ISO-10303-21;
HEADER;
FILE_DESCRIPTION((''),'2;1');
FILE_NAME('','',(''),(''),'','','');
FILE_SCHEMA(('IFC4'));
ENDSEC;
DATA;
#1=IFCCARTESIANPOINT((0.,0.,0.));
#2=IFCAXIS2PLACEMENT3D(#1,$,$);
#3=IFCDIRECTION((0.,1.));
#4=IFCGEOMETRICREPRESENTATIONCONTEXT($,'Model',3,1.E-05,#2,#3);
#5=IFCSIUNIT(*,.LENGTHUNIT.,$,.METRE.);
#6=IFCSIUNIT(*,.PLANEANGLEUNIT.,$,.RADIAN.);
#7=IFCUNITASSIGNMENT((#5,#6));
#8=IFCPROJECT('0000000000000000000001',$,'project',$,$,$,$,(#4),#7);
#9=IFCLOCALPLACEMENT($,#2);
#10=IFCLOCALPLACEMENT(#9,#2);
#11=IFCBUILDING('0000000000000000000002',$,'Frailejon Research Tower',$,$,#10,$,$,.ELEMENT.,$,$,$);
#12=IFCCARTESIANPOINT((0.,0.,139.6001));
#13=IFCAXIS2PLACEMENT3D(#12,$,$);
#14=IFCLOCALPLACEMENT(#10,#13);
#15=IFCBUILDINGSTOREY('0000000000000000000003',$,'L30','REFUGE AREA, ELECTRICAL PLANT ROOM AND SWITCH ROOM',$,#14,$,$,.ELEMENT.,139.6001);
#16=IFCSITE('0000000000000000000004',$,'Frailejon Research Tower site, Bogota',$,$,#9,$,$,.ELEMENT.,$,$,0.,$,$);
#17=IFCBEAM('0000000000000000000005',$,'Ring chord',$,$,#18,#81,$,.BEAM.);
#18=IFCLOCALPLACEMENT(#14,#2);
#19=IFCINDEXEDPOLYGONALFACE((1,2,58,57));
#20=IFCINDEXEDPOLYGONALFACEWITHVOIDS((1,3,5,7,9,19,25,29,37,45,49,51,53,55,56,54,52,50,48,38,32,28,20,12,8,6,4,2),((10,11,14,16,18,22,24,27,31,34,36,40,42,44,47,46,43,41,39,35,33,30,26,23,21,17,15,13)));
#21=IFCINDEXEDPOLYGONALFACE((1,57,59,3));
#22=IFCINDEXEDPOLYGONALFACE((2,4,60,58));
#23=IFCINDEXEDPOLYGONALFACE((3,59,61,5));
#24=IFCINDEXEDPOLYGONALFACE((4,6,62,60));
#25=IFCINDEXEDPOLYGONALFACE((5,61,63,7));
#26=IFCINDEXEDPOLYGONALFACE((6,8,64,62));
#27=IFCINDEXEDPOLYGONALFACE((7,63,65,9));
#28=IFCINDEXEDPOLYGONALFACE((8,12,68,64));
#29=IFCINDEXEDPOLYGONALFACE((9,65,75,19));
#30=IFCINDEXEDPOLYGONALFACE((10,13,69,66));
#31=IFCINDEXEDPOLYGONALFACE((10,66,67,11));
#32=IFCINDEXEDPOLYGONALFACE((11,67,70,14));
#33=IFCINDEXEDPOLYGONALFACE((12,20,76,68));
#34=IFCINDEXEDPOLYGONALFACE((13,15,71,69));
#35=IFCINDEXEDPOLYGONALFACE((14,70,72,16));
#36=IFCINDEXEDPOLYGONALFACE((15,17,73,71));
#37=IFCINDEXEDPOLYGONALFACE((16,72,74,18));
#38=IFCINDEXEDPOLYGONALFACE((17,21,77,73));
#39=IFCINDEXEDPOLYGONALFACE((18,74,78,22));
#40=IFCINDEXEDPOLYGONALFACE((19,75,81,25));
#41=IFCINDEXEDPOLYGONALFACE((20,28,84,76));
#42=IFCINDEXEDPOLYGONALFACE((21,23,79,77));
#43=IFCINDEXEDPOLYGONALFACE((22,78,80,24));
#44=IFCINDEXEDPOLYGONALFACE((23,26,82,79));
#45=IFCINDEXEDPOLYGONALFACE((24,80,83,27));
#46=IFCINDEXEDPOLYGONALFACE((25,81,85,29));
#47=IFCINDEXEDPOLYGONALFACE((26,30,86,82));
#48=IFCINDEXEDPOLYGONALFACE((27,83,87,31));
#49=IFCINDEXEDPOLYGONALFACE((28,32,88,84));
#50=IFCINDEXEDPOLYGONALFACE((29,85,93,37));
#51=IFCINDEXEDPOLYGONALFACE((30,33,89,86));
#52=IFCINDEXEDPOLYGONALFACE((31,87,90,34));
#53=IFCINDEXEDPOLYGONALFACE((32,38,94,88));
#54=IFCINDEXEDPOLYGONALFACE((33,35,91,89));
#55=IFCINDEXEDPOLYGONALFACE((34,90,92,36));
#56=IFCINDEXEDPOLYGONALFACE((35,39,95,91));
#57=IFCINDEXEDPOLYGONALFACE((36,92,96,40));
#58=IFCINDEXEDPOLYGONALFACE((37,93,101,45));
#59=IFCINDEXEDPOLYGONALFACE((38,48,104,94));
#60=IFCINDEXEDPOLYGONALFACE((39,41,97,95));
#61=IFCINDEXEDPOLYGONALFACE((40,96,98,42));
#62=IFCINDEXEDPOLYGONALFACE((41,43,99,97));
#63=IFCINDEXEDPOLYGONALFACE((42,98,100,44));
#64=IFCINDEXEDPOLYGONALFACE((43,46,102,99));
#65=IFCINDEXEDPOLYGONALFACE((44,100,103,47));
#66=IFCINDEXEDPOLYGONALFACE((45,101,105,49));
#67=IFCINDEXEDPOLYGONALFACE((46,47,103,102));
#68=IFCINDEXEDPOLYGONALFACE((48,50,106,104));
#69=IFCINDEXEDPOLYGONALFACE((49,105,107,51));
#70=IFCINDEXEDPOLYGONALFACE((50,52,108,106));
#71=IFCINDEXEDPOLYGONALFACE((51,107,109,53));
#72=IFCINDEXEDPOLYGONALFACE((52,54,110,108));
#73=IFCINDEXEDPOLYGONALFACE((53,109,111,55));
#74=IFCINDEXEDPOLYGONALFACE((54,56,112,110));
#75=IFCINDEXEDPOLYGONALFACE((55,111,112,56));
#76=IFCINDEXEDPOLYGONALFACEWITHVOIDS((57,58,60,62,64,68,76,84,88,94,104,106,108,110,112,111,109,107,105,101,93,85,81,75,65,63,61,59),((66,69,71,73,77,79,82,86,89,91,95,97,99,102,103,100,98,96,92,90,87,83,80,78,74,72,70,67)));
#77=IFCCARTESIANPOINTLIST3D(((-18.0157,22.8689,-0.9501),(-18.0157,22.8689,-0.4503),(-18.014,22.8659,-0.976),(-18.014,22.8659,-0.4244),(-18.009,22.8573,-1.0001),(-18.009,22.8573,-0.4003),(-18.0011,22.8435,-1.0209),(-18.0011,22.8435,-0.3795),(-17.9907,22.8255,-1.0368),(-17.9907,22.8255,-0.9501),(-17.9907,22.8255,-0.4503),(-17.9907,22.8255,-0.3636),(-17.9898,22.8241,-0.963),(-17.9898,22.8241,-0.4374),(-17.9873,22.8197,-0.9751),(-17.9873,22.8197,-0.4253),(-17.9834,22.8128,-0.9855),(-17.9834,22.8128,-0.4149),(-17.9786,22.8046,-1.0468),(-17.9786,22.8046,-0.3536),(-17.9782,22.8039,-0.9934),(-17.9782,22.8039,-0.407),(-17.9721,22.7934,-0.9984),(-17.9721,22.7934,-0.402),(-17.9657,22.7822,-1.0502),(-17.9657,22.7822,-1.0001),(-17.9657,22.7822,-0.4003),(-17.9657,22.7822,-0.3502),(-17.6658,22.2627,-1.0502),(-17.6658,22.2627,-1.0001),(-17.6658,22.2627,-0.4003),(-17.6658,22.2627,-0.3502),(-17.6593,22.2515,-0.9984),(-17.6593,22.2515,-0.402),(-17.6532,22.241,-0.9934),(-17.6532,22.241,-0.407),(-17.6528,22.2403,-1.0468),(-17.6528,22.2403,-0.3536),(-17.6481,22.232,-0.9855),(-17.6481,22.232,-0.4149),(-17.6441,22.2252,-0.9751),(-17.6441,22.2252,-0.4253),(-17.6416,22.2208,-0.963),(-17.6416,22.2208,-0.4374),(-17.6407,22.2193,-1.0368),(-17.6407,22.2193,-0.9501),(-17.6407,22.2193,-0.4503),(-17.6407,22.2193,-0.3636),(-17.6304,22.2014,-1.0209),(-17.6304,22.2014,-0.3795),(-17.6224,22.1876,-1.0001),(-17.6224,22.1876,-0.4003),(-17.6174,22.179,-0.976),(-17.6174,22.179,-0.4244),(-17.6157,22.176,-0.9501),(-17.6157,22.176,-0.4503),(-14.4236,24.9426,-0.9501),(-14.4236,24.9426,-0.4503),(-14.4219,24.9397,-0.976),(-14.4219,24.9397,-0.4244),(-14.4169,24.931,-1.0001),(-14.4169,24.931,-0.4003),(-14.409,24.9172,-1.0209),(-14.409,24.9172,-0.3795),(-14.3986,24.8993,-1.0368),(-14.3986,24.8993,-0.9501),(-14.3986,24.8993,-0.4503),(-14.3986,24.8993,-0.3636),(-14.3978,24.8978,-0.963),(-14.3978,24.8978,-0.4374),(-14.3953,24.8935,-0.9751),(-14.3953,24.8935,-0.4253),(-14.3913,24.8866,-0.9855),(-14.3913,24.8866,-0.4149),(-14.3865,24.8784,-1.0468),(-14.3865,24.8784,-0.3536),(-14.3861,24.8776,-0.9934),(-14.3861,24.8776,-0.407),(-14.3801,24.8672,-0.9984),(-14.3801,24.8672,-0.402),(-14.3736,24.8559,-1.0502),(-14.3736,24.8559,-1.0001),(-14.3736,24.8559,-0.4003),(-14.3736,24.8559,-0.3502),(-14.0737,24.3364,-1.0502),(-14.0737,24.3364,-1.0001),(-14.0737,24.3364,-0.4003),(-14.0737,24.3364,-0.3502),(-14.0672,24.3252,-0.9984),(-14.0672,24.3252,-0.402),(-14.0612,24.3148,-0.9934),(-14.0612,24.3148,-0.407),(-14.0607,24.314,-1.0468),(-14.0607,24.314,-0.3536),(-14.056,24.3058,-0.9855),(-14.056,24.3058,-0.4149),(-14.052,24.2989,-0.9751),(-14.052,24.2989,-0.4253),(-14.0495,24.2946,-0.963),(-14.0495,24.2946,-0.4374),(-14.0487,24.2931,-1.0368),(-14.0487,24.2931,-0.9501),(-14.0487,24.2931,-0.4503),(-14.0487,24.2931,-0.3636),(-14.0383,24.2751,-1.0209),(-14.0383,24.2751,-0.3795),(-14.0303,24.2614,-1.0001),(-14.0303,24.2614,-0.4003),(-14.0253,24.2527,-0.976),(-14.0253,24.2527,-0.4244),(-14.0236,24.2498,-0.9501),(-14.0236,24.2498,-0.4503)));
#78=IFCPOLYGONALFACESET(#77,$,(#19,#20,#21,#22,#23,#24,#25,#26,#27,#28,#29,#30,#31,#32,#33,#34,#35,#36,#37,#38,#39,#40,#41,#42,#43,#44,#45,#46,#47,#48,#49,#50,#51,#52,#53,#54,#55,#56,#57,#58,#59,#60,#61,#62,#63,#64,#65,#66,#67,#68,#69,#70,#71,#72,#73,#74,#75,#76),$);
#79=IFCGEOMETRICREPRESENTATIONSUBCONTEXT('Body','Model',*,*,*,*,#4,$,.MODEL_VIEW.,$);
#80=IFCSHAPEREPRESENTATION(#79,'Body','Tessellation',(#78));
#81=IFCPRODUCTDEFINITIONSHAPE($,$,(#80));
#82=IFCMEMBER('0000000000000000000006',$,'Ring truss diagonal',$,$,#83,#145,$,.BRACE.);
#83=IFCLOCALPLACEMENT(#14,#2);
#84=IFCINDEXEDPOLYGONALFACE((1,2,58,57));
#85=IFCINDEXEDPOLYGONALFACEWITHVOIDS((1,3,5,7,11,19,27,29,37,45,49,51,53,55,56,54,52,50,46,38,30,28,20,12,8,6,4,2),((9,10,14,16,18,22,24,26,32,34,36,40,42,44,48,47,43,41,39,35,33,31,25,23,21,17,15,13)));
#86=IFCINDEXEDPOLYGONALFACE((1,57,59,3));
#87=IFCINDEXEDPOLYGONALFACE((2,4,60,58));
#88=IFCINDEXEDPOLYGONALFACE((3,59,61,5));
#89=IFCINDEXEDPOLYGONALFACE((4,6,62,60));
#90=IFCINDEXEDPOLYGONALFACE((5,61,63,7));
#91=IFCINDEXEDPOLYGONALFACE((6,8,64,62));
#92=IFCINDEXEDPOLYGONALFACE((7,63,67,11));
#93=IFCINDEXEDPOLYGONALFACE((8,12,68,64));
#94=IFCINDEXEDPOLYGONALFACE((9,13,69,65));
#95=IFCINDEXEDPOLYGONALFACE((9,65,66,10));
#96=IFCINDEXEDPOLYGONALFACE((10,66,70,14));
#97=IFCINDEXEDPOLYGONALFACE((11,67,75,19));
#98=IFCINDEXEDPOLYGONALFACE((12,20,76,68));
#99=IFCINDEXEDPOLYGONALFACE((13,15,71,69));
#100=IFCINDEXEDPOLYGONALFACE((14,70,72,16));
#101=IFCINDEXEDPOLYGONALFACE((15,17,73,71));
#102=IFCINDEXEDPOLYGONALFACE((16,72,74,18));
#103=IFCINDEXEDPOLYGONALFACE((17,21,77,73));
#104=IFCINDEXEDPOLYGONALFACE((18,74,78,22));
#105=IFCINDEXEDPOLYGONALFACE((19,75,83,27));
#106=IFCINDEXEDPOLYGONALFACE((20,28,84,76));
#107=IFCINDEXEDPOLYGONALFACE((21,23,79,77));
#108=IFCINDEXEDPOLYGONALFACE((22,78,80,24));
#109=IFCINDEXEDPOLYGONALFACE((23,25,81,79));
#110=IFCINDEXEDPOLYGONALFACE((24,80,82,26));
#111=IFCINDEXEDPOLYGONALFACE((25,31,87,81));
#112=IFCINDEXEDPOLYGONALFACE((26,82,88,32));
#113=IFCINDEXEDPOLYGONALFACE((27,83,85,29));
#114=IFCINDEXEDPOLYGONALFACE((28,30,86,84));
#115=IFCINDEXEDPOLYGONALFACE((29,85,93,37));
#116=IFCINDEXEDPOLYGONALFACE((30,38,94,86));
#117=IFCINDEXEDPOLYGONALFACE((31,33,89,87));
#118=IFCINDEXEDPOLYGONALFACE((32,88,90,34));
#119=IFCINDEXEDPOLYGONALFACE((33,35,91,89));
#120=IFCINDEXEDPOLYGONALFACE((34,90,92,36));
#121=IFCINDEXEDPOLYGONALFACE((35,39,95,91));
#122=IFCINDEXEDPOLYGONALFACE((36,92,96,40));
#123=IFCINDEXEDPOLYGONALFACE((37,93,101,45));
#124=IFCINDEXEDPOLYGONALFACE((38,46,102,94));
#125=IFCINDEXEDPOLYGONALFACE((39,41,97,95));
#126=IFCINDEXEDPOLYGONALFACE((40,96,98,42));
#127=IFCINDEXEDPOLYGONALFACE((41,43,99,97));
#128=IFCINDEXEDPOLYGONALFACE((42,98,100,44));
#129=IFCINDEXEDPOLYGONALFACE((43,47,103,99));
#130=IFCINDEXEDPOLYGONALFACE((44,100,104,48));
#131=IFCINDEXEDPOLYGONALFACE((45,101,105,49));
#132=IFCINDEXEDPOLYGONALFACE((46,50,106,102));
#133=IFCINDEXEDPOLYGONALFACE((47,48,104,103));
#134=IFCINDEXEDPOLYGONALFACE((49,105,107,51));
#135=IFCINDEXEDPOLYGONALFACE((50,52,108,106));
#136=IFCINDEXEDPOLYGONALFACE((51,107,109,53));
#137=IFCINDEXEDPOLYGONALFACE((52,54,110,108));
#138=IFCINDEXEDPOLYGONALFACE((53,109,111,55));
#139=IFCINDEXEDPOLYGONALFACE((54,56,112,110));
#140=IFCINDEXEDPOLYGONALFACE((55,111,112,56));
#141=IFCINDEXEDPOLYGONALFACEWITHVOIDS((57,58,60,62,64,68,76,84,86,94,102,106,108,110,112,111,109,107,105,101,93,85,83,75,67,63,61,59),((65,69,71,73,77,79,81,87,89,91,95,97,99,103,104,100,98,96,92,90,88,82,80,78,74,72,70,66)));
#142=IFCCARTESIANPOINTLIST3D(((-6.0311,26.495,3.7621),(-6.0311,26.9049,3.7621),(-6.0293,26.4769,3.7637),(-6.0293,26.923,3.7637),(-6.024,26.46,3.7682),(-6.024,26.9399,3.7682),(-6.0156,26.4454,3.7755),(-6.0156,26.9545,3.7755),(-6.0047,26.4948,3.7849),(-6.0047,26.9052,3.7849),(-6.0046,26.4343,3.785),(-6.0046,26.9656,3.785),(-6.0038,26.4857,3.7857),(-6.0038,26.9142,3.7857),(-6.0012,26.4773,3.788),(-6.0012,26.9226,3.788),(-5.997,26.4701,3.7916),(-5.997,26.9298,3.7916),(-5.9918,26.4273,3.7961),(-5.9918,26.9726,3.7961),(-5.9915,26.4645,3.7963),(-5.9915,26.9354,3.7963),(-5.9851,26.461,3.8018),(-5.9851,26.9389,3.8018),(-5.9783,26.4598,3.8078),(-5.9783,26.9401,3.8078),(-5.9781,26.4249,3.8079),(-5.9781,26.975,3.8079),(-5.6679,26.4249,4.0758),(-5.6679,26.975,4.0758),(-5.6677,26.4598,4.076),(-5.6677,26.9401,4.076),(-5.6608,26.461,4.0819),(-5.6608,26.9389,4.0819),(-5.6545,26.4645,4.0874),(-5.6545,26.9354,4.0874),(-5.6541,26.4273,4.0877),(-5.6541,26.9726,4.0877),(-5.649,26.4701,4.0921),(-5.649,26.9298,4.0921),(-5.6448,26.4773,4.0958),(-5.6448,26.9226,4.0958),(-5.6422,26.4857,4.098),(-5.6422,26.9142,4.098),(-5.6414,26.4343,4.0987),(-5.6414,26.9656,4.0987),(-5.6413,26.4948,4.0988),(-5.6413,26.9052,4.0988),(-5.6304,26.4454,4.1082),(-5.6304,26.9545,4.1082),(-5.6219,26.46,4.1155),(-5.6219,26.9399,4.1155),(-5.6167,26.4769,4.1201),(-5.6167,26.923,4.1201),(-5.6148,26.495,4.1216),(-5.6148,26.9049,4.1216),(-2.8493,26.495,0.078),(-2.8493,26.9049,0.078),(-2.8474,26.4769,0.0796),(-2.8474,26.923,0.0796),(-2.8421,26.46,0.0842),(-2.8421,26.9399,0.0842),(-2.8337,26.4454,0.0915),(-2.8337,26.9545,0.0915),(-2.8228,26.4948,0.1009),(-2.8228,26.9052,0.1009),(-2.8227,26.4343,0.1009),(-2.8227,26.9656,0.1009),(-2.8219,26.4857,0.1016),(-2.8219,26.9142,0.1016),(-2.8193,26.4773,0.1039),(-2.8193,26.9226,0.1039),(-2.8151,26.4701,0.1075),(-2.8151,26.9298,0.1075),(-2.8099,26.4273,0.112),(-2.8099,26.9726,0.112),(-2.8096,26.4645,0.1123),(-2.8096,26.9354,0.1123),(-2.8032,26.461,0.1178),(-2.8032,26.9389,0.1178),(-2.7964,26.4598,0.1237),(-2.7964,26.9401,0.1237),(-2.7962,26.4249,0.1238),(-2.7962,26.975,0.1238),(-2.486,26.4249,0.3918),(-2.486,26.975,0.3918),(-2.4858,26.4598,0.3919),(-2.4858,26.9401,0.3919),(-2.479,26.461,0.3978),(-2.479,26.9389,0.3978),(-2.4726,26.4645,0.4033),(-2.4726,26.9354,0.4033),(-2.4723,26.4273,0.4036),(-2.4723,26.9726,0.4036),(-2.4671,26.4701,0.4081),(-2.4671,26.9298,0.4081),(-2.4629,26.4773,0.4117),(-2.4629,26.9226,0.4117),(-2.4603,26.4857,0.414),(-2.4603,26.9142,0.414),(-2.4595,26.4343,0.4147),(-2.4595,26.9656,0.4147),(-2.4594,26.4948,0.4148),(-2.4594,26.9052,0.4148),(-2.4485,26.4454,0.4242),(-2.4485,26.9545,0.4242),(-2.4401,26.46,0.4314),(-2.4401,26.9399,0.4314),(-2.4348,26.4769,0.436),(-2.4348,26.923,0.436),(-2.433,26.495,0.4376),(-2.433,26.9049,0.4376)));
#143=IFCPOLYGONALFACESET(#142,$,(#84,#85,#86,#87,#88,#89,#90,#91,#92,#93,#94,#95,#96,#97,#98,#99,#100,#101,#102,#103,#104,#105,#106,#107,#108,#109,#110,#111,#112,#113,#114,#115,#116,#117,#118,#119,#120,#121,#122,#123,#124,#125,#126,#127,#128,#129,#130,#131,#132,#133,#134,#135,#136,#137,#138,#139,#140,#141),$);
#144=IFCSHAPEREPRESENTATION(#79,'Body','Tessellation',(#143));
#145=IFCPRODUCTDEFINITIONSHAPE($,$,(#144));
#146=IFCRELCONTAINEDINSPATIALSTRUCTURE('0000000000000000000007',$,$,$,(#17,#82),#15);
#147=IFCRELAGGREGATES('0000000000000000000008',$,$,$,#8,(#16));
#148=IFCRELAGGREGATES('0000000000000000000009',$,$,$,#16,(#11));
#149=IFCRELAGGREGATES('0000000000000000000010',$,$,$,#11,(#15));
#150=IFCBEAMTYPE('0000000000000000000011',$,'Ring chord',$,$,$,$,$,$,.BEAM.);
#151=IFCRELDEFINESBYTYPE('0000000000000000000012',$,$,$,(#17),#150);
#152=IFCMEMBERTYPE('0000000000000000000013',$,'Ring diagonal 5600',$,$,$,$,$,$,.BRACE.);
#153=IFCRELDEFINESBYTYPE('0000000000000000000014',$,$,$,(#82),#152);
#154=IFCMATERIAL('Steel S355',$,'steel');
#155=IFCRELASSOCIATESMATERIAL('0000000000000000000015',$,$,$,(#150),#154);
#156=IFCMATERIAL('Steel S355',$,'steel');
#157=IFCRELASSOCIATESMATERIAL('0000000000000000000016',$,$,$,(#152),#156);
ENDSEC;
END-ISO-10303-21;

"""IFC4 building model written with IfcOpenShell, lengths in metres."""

from ifc_helpers import new_model, si_unit, direction, frame, origin, origin_2d, place, context, subcontext, project, spatial, hollow_rectangle, extrude, material, material_profile, profile_set, type_object, element, save


model = new_model("IFC4")

# Units and contexts
model_context = context("Model", 3, precision=1e-05, world=origin(), true_north=direction((0.0, 1.0)))
body_context = subcontext(model_context, "Body", "Model", "MODEL_VIEW")
ifc_project = project(units=[si_unit("LENGTHUNIT", "METRE"), si_unit("PLANEANGLEUNIT", "RADIAN")], contexts=[model_context])

# Site, building, storey
site_placement = place(None, origin())
site = spatial("IfcSite", under=ifc_project, at=site_placement, Name="Frailejon Research Tower site, Bogota", CompositionType="ELEMENT", RefElevation=0.0)
building_placement = place(site_placement, origin())
building = spatial("IfcBuilding", under=site, at=building_placement, Name="Frailejon Research Tower", CompositionType="ELEMENT")
storey_placement = place(building_placement, frame((0.0, 0.0, 139.6001)))
storey = spatial("IfcBuildingStorey", under=building, at=storey_placement, Name="L30", Description="REFUGE AREA, ELECTRICAL PLANT ROOM AND SWITCH ROOM", CompositionType="ELEMENT", Elevation=139.6001)

# Beam
ifc_material_1 = material(Name="Steel S355", Category="steel")
ifc_material_profile_1 = material_profile(ifc_material_1, hollow_rectangle(XDim=0.8, YDim=0.7, WallThickness=0.05, InnerFilletRadius=0.05, OuterFilletRadius=0.1001, at=origin_2d()), Name="Ring chord")
ifc_profile_set_1 = profile_set([ifc_material_profile_1], Name="Steel S355")
beam_type_1 = type_object("IfcBeamType", Name="Ring chord", PredefinedType="BEAM", material=ifc_profile_set_1)
for number, where, z_axis, x_axis, name in (
    (1, (-14.2236, 24.5962, -0.7002), (-0.86604, -0.499976, 0.0), (0.499976, -0.86604, 0.0), "Ring chord"),
):
    element("IfcBeam", number, at=place(storey_placement, frame(where, z_axis=z_axis, x_axis=x_axis)), inside=storey, type_object=beam_type_1, Name=name, PredefinedType="BEAM", context=body_context, shape_type="SweptSolid", body=[
        extrude(hollow_rectangle(XDim=0.8, YDim=0.7, WallThickness=0.05, InnerFilletRadius=0.05, OuterFilletRadius=0.1001, at=origin_2d()), origin(), (0.0, 0.0, 1.0), 4.1477),
    ])

# Member
ifc_material_2 = material(Name="Steel S355", Category="steel")
ifc_material_profile_2 = material_profile(ifc_material_2, hollow_rectangle(XDim=0.55, YDim=0.55, WallThickness=0.0349, InnerFilletRadius=0.0349, OuterFilletRadius=0.0701, at=origin_2d()), Name="Ring diagonal 5600")
ifc_profile_set_2 = profile_set([ifc_material_profile_2], Name="Steel S355")
member_type = type_object("IfcMemberType", Name="Ring diagonal 5600", PredefinedType="BRACE", material=ifc_profile_set_2)
member_1_placement = place(storey_placement, frame((-2.6411, 26.7, 0.2578), z_axis=(-0.653641, 0.0, 0.756805), x_axis=(0.0, -1.0, 0.0)))
element("IfcMember", 2, at=member_1_placement, inside=storey, type_object=member_type, Name="Ring truss diagonal", PredefinedType="BRACE", context=body_context, shape_type="SweptSolid", body=[
    extrude(hollow_rectangle(XDim=0.55, YDim=0.55, WallThickness=0.0349, InnerFilletRadius=0.0349, OuterFilletRadius=0.0701, at=origin_2d()), origin(), (0.0, 0.0, 1.0), 4.8679),
])

save(model, "model.ifc")
